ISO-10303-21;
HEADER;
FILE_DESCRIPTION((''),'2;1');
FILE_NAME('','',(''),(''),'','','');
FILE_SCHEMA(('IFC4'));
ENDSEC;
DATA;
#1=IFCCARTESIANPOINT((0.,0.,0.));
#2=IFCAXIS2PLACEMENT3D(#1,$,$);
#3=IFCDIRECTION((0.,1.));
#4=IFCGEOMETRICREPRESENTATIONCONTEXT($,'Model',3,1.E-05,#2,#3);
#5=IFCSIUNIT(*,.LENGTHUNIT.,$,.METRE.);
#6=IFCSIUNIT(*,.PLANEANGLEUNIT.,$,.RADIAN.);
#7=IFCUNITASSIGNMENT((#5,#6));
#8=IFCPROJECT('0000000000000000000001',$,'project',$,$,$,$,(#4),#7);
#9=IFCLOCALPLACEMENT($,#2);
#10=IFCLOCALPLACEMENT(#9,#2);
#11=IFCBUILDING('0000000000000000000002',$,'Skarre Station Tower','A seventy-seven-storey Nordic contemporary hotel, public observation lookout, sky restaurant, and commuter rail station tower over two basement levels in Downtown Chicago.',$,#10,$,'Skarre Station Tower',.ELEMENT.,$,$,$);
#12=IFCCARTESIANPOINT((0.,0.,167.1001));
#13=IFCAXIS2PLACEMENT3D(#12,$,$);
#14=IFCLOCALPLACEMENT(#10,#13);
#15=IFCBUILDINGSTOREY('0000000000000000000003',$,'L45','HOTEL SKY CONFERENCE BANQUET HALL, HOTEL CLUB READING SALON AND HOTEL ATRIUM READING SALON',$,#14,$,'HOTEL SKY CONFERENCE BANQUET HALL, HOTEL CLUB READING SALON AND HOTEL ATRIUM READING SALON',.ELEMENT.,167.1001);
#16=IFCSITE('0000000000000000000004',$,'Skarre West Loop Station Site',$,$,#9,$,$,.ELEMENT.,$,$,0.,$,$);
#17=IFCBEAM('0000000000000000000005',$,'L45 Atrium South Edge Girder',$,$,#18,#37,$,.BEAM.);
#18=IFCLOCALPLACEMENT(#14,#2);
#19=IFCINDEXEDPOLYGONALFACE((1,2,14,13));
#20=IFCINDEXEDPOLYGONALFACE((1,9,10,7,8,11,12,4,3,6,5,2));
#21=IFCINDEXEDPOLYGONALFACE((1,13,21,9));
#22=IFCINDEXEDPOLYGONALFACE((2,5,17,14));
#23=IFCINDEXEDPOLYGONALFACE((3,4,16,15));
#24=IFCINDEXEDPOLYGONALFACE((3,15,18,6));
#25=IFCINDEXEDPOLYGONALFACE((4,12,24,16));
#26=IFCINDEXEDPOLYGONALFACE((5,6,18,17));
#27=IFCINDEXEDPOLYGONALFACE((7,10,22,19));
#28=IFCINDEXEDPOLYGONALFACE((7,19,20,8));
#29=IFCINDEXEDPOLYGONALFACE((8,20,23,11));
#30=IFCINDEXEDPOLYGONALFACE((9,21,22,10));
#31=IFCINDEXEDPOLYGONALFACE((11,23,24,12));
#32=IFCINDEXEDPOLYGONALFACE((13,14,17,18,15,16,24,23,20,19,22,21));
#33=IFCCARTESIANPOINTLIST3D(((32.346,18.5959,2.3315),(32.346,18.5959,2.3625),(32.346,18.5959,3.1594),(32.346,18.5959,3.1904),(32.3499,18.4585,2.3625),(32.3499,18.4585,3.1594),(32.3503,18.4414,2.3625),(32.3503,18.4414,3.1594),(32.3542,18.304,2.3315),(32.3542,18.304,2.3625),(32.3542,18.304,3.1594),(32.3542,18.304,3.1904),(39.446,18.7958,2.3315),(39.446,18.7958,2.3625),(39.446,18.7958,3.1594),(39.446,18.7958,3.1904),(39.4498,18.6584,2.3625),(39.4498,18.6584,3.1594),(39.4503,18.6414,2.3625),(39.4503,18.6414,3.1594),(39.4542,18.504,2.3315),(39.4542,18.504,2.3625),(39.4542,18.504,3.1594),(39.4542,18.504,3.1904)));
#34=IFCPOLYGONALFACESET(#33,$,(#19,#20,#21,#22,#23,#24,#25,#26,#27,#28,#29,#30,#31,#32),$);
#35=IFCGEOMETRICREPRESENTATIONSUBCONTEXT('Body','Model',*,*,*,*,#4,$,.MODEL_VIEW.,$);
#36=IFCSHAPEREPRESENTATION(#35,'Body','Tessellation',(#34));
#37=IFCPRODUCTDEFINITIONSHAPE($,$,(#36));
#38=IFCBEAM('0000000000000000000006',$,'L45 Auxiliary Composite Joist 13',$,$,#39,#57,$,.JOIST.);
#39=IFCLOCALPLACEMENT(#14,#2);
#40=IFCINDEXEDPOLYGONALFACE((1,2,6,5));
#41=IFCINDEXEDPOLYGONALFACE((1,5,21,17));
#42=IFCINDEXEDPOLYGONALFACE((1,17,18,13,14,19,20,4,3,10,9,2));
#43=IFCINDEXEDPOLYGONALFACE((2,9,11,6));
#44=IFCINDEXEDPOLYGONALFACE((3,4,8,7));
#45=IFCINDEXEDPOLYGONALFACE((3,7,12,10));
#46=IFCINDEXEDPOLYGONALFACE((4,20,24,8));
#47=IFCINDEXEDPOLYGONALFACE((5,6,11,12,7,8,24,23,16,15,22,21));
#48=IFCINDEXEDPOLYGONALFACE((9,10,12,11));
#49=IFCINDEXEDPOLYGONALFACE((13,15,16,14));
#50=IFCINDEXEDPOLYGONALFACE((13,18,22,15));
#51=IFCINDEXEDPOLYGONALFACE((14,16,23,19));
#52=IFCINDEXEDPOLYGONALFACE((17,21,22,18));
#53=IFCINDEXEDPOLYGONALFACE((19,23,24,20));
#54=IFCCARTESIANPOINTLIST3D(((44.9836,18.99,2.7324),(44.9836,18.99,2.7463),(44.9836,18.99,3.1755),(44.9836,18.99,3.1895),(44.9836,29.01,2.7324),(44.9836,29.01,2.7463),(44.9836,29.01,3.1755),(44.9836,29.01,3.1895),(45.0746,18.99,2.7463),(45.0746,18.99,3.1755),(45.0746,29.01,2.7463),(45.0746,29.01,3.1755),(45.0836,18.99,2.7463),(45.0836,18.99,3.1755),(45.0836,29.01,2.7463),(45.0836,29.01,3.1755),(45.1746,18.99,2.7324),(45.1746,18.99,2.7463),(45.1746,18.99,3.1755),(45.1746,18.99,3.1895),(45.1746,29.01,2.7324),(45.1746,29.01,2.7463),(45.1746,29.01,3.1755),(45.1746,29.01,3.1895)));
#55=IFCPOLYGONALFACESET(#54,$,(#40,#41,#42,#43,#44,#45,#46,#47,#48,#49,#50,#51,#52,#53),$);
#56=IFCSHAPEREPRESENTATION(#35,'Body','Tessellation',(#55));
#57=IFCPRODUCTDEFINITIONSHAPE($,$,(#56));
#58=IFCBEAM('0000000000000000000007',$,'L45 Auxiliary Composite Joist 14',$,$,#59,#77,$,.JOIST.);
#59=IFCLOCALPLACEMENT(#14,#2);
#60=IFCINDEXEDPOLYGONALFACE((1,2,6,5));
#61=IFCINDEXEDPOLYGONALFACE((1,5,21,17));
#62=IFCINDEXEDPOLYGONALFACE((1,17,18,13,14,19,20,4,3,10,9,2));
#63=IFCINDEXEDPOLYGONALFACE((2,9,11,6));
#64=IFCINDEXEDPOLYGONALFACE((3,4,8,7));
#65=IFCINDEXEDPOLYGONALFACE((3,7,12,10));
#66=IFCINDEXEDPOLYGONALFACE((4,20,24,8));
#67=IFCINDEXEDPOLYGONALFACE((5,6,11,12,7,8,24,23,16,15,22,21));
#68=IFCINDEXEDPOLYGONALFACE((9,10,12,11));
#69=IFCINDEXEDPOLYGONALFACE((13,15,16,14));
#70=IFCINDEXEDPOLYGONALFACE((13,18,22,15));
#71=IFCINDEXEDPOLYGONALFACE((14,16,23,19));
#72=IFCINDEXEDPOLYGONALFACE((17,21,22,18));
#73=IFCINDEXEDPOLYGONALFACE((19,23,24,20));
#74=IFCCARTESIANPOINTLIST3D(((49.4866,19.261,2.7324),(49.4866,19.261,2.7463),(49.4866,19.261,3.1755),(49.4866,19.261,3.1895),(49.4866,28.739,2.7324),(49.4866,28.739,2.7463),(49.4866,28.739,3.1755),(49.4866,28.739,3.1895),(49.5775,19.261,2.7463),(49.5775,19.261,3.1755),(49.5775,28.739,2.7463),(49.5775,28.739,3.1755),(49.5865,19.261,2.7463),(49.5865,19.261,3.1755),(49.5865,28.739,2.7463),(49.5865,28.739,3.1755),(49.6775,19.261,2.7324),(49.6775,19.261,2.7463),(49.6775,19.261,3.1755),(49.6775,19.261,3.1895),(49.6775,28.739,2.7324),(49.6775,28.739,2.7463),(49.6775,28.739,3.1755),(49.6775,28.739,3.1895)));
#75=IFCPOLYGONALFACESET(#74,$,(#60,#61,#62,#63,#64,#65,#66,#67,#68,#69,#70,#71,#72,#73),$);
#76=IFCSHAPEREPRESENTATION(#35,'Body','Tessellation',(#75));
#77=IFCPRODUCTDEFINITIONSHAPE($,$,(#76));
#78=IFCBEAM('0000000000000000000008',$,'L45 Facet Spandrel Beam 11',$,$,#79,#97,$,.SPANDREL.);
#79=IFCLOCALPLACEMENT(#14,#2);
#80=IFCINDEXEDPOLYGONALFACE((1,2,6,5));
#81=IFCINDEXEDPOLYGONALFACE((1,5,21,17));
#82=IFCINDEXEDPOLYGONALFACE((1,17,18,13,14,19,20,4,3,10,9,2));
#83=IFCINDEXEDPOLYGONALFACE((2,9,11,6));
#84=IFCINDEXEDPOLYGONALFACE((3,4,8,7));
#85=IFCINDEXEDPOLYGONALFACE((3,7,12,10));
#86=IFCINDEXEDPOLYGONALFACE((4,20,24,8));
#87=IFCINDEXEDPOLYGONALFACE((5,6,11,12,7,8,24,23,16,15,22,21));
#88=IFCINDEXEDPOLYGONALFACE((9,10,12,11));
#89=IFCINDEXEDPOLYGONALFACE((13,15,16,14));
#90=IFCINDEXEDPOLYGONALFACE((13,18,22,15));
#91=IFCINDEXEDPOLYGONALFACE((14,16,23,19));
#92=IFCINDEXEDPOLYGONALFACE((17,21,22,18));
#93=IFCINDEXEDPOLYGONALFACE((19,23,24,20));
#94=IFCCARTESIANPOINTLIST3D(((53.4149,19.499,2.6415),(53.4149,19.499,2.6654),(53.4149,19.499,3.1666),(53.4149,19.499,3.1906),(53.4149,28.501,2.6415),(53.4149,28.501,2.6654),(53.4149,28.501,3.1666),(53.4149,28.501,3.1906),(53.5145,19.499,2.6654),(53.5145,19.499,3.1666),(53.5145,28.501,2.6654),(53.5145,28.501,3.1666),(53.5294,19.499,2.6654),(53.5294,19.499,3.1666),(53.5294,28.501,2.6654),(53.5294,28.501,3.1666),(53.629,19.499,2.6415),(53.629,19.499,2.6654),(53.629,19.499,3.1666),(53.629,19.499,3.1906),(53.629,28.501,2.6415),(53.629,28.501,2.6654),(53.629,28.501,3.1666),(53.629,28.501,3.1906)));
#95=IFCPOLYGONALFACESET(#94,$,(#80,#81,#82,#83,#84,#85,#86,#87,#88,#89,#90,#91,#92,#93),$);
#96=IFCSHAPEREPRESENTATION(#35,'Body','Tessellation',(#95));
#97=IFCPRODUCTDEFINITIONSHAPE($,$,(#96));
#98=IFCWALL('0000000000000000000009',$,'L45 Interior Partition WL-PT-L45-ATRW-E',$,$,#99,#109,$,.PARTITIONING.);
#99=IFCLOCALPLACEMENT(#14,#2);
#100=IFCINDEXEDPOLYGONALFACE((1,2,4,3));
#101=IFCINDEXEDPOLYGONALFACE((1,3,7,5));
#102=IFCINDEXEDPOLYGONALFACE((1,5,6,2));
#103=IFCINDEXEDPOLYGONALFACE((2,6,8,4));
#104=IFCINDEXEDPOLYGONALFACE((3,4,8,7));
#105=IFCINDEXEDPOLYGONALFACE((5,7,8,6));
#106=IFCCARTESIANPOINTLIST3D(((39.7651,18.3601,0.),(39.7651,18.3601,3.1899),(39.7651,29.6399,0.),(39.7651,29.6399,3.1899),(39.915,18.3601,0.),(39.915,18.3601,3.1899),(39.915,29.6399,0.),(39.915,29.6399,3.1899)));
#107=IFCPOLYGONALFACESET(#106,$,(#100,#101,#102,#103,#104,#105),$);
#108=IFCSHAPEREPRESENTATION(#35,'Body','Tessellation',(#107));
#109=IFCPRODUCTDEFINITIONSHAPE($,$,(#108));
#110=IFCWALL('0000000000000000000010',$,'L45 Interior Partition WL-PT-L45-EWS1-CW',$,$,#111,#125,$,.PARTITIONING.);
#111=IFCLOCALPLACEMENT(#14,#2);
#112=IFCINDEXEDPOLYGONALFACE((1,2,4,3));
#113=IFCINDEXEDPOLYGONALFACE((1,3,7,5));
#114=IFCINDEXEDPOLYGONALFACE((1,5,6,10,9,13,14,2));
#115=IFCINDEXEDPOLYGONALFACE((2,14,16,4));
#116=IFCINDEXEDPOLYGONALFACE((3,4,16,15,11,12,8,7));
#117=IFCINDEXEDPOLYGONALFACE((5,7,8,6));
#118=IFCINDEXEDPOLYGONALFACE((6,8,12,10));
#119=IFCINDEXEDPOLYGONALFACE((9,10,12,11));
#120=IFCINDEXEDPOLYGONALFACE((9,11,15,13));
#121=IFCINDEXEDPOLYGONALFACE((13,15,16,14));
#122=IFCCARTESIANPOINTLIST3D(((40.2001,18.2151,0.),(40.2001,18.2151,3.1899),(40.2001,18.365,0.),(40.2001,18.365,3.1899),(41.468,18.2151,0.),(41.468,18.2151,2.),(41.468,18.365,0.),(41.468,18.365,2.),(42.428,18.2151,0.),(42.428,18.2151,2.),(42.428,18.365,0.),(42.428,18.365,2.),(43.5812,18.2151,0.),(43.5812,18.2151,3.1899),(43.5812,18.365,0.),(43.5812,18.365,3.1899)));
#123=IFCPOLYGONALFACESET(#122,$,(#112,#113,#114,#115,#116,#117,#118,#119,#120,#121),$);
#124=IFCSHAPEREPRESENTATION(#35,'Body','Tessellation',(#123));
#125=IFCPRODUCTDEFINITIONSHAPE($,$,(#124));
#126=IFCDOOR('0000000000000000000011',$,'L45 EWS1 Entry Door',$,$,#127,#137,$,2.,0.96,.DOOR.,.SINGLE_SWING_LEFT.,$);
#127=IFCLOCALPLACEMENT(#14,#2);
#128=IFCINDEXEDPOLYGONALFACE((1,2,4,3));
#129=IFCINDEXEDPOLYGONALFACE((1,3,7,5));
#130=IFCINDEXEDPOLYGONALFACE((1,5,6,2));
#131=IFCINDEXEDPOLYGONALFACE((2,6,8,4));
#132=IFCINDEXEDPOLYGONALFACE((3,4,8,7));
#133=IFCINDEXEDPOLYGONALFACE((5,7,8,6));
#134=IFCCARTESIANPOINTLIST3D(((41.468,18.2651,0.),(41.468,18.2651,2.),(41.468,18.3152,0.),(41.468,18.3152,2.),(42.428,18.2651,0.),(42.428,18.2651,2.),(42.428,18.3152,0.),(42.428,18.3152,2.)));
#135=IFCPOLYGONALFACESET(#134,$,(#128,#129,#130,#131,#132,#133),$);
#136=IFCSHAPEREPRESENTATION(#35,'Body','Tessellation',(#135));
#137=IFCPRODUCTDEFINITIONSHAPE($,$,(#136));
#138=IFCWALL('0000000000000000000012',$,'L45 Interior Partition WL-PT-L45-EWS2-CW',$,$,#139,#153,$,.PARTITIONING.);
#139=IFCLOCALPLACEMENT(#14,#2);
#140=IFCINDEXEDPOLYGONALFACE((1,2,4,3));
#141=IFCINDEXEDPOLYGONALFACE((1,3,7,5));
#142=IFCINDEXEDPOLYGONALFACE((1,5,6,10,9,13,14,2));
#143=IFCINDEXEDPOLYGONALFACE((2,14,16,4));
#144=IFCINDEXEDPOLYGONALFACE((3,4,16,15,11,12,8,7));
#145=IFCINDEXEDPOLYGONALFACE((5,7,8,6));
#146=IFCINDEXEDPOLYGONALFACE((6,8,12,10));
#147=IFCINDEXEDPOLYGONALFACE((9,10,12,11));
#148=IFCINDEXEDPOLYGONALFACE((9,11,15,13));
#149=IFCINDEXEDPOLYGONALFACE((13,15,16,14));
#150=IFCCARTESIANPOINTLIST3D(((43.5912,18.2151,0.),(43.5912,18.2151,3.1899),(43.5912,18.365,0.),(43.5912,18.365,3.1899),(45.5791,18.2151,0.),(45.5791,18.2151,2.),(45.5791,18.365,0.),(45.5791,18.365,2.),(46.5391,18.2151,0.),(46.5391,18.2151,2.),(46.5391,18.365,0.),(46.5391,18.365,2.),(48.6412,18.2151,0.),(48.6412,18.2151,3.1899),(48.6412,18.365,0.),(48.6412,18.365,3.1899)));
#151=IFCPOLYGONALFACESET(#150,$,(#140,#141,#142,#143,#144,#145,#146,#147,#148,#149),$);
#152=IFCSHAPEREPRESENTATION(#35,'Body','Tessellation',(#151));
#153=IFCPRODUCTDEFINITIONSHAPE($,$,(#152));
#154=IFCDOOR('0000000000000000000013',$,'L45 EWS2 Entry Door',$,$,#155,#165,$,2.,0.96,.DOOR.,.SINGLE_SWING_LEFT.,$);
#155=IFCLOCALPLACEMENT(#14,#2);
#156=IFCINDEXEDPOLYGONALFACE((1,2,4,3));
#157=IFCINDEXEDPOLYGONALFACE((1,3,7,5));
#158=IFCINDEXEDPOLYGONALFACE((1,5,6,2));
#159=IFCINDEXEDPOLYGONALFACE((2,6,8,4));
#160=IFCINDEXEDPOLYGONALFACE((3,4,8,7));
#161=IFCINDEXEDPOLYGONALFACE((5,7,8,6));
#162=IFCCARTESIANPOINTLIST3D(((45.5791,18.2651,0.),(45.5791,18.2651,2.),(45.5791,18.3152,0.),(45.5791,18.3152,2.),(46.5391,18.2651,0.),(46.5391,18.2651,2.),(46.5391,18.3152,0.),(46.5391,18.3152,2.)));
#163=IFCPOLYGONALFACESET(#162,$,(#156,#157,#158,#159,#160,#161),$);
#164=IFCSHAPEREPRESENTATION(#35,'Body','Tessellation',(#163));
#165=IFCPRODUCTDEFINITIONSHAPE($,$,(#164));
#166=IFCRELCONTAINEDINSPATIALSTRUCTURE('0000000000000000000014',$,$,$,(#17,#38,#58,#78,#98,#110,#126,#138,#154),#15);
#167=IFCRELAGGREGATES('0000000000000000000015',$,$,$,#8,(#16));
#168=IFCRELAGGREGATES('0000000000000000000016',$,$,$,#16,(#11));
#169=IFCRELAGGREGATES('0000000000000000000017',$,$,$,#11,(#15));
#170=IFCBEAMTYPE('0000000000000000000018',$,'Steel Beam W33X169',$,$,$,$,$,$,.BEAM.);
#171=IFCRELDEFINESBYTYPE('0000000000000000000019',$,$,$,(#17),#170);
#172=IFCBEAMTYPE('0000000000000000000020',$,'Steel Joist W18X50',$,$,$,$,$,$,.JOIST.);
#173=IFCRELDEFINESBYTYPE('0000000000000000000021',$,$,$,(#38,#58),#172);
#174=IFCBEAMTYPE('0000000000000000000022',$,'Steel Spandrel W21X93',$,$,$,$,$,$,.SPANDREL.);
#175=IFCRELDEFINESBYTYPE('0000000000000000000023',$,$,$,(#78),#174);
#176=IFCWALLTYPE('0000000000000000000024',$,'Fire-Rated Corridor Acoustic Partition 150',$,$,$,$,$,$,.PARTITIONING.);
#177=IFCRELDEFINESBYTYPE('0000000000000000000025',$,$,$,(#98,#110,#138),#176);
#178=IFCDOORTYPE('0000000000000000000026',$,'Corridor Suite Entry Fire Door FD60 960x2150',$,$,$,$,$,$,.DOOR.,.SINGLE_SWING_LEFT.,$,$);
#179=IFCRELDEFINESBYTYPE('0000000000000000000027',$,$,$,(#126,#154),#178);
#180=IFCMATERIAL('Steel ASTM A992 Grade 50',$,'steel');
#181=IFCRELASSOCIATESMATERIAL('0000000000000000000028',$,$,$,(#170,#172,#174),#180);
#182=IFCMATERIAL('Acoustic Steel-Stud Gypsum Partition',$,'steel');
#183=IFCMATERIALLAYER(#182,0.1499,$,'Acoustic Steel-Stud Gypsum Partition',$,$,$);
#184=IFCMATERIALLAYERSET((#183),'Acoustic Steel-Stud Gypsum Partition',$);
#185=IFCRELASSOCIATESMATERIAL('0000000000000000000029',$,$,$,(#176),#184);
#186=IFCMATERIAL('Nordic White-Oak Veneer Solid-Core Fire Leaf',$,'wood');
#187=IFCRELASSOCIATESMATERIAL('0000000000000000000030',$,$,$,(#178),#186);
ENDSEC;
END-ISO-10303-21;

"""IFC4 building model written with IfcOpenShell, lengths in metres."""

from ifc_helpers import new_model, si_unit, direction, frame, frame_2d, origin, origin_2d, place, context, subcontext, project, spatial, rectangle, i_section, extrude, material, layer, layer_set, material_profile, profile_set, type_object, element, fill, save


model = new_model("IFC4")

# Units and contexts
model_context = context("Model", 3, precision=1e-05, world=origin(), true_north=direction((0.0, 1.0)))
body_context = subcontext(model_context, "Body", "Model", "MODEL_VIEW")
ifc_project = project(units=[si_unit("LENGTHUNIT", "METRE"), si_unit("PLANEANGLEUNIT", "RADIAN")], contexts=[model_context])

# Site, building, storey
site_placement = place(None, origin())
site = spatial("IfcSite", under=ifc_project, at=site_placement, Name="Skarre West Loop Station Site", CompositionType="ELEMENT", RefElevation=0.0)
building_placement = place(site_placement, origin())
building = spatial("IfcBuilding", under=site, at=building_placement, Name="Skarre Station Tower", Description="A seventy-seven-storey Nordic contemporary hotel, public observation lookout, sky restaurant, and commuter rail station tower over two basement levels in Downtown Chicago.", LongName="Skarre Station Tower", CompositionType="ELEMENT")
storey_placement = place(building_placement, frame((0.0, 0.0, 167.1001)))
storey = spatial("IfcBuildingStorey", under=building, at=storey_placement, Name="L45", Description="HOTEL SKY CONFERENCE BANQUET HALL, HOTEL CLUB READING SALON AND HOTEL ATRIUM READING SALON", LongName="HOTEL SKY CONFERENCE BANQUET HALL, HOTEL CLUB READING SALON AND HOTEL ATRIUM READING SALON", CompositionType="ELEMENT", Elevation=167.1001)

# Beams
ifc_material_1 = material(Name="Steel ASTM A992 Grade 50", Category="steel")
ifc_material_profile_1 = material_profile(ifc_material_1, i_section(OverallWidth=0.292, OverallDepth=0.8589, WebThickness=0.0171, FlangeThickness=0.031, at=origin_2d()), Name="Steel ASTM A992 Grade 50")
ifc_profile_set_1 = profile_set([ifc_material_profile_1], Name="Steel ASTM A992 Grade 50")
beam_type_1 = type_object("IfcBeamType", Name="Steel Beam W33X169", PredefinedType="BEAM", material=ifc_profile_set_1)
beam_1_placement = place(storey_placement, frame((32.3501, 18.45, 2.761), z_axis=(0.999604, 0.028152, 0.0), x_axis=(-0.028152, 0.999604, 0.0)))
element("IfcBeam", 1, at=beam_1_placement, inside=storey, type_object=beam_type_1, Name="L45 Atrium South Edge Girder", PredefinedType="BEAM", context=body_context, shape_type="SweptSolid", body=[
    extrude(i_section(OverallWidth=0.292, OverallDepth=0.8589, WebThickness=0.0171, FlangeThickness=0.031, at=origin_2d()), origin(), (0.0, 0.0, 1.0), 7.1028),
])
ifc_material_profile_2 = material_profile(ifc_material_1, i_section(OverallWidth=0.1909, OverallDepth=0.457, WebThickness=0.009, FlangeThickness=0.0139, at=origin_2d()), Name="Steel ASTM A992 Grade 50")
ifc_profile_set_2 = profile_set([ifc_material_profile_2], Name="Steel ASTM A992 Grade 50")
beam_type_2 = type_object("IfcBeamType", Name="Steel Joist W18X50", PredefinedType="JOIST", material=ifc_profile_set_2)
beam_2_placement = place(storey_placement, frame((45.0791, 18.99, 2.9609), z_axis=(0.0, 1.0, 0.0), x_axis=(-1.0, 0.0, 0.0)))
element("IfcBeam", 2, at=beam_2_placement, inside=storey, type_object=beam_type_2, Name="L45 Auxiliary Composite Joist 13", PredefinedType="JOIST", context=body_context, shape_type="SweptSolid", body=[
    extrude(i_section(OverallWidth=0.1909, OverallDepth=0.457, WebThickness=0.009, FlangeThickness=0.0139, at=origin_2d()), origin(), (0.0, 0.0, 1.0), 10.02),
])
beam_3_placement = place(storey_placement, frame((49.582, 19.261, 2.9609), z_axis=(0.0, 1.0, 0.0), x_axis=(-1.0, 0.0, 0.0)))
element("IfcBeam", 3, at=beam_3_placement, inside=storey, type_object=beam_type_2, Name="L45 Auxiliary Composite Joist 14", PredefinedType="JOIST", context=body_context, shape_type="SweptSolid", body=[
    extrude(i_section(OverallWidth=0.1909, OverallDepth=0.457, WebThickness=0.009, FlangeThickness=0.0139, at=origin_2d()), origin(), (0.0, 0.0, 1.0), 9.478),
])
ifc_material_profile_3 = material_profile(ifc_material_1, i_section(OverallWidth=0.2141, OverallDepth=0.5491, WebThickness=0.0149, FlangeThickness=0.0239, at=origin_2d()), Name="Steel ASTM A992 Grade 50")
ifc_profile_set_3 = profile_set([ifc_material_profile_3], Name="Steel ASTM A992 Grade 50")
beam_type_3 = type_object("IfcBeamType", Name="Steel Spandrel W21X93", PredefinedType="SPANDREL", material=ifc_profile_set_3)
beam_4_placement = place(storey_placement, frame((53.522, 19.499, 2.916), z_axis=(0.0, 1.0, 0.0), x_axis=(-1.0, 0.0, 0.0)))
element("IfcBeam", 4, at=beam_4_placement, inside=storey, type_object=beam_type_3, Name="L45 Facet Spandrel Beam 11", PredefinedType="SPANDREL", context=body_context, shape_type="SweptSolid", body=[
    extrude(i_section(OverallWidth=0.2141, OverallDepth=0.5491, WebThickness=0.0149, FlangeThickness=0.0239, at=origin_2d()), origin(), (0.0, 0.0, 1.0), 9.002),
])

# Wall
ifc_material_2 = material(Name="Acoustic Steel-Stud Gypsum Partition", Category="steel")
ifc_layer_1 = layer(ifc_material_2, 0.1499, Name="Acoustic Steel-Stud Gypsum Partition")
ifc_layer_set_1 = layer_set([ifc_layer_1], Name="Acoustic Steel-Stud Gypsum Partition")
wall_type_1 = type_object("IfcWallType", Name="Fire-Rated Corridor Acoustic Partition 150", PredefinedType="PARTITIONING", material=ifc_layer_set_1)
wall_1_placement = place(storey_placement, frame((39.8401, 18.3601, 0.0), z_axis=(0.0, 0.0, 1.0), x_axis=(0.0, 1.0, 0.0)))
element("IfcWall", 5, at=wall_1_placement, inside=storey, type_object=wall_type_1, Name="L45 Interior Partition WL-PT-L45-ATRW-E", PredefinedType="PARTITIONING", context=body_context, shape_type="SweptSolid", body=[
    extrude(rectangle(XDim=11.2798, YDim=0.1499, at=frame_2d((5.6399, 0.0))), origin(), (0.0, 0.0, 1.0), 3.1899),
])

# Walls, openings, doors
wall_2_placement = place(storey_placement, frame((43.5811, 18.29, 0.0), z_axis=(0.0, 0.0, 1.0), x_axis=(-1.0, 0.0, 0.0)))
wall_2 = element("IfcWall", 6, at=wall_2_placement, inside=storey, type_object=wall_type_1, Name="L45 Interior Partition WL-PT-L45-EWS1-CW", PredefinedType="PARTITIONING", context=body_context, shape_type="SweptSolid", body=[
    extrude(rectangle(XDim=3.3811, YDim=0.1499, at=frame_2d((1.6904, 0.0))), origin(), (0.0, 0.0, 1.0), 3.1899),
])
opening_1_placement = place(wall_2_placement, frame((1.1531, 0.0, 0.0)))
opening_1 = element("IfcOpeningElement", 7, at=opening_1_placement, cuts=wall_2, PredefinedType="OPENING", context=body_context, shape_type="SweptSolid", body=[
    extrude(rectangle(XDim=0.96, YDim=2.0, at=frame_2d((0.48, 1.0))), frame((0.0, 0.085, 0.0), z_axis=(0.0, -1.0, 0.0), x_axis=(1.0, 0.0, 0.0)), (0.0, 0.0, 1.0), 0.1699),
])
ifc_material_3 = material(Name="Nordic White-Oak Veneer Solid-Core Fire Leaf", Category="wood")
door_type = type_object("IfcDoorType", Name="Corridor Suite Entry Fire Door FD60 960x2150", OperationType="SINGLE_SWING_LEFT", PredefinedType="DOOR", material=ifc_material_3)
door_1_placement = place(opening_1_placement, origin())
door_1 = element("IfcDoor", 8, at=door_1_placement, inside=storey, type_object=door_type, Name="L45 EWS1 Entry Door", OperationType="SINGLE_SWING_LEFT", OverallHeight=2.0, OverallWidth=0.96, PredefinedType="DOOR", context=body_context, shape_type="SweptSolid", body=[
    extrude(rectangle(XDim=0.96, YDim=2.0, at=frame_2d((0.48, 1.0))), frame((0.0, 0.0249, 0.0), z_axis=(0.0, -1.0, 0.0), x_axis=(1.0, 0.0, 0.0)), (0.0, 0.0, 1.0), 0.05),
])
fill(opening_1, door_1)
wall_3_placement = place(storey_placement, frame((48.6411, 18.29, 0.0), z_axis=(0.0, 0.0, 1.0), x_axis=(-1.0, 0.0, 0.0)))
wall_3 = element("IfcWall", 9, at=wall_3_placement, inside=storey, type_object=wall_type_1, Name="L45 Interior Partition WL-PT-L45-EWS2-CW", PredefinedType="PARTITIONING", context=body_context, shape_type="SweptSolid", body=[
    extrude(rectangle(XDim=5.05, YDim=0.1499, at=frame_2d((2.5249, 0.0))), origin(), (0.0, 0.0, 1.0), 3.1899),
])
opening_2_placement = place(wall_3_placement, frame((2.1021, 0.0, 0.0)))
opening_2 = element("IfcOpeningElement", 10, at=opening_2_placement, cuts=wall_3, PredefinedType="OPENING", context=body_context, shape_type="SweptSolid", body=[
    extrude(rectangle(XDim=0.96, YDim=2.0, at=frame_2d((0.48, 1.0))), frame((0.0, 0.085, 0.0), z_axis=(0.0, -1.0, 0.0), x_axis=(1.0, 0.0, 0.0)), (0.0, 0.0, 1.0), 0.1699),
])
door_2_placement = place(opening_2_placement, origin())
door_2 = element("IfcDoor", 11, at=door_2_placement, inside=storey, type_object=door_type, Name="L45 EWS2 Entry Door", OperationType="SINGLE_SWING_LEFT", OverallHeight=2.0, OverallWidth=0.96, PredefinedType="DOOR", context=body_context, shape_type="SweptSolid", body=[
    extrude(rectangle(XDim=0.96, YDim=2.0, at=frame_2d((0.48, 1.0))), frame((0.0, 0.0249, 0.0), z_axis=(0.0, -1.0, 0.0), x_axis=(1.0, 0.0, 0.0)), (0.0, 0.0, 1.0), 0.05),
])
fill(opening_2, door_2)

save(model, "model.ifc")
